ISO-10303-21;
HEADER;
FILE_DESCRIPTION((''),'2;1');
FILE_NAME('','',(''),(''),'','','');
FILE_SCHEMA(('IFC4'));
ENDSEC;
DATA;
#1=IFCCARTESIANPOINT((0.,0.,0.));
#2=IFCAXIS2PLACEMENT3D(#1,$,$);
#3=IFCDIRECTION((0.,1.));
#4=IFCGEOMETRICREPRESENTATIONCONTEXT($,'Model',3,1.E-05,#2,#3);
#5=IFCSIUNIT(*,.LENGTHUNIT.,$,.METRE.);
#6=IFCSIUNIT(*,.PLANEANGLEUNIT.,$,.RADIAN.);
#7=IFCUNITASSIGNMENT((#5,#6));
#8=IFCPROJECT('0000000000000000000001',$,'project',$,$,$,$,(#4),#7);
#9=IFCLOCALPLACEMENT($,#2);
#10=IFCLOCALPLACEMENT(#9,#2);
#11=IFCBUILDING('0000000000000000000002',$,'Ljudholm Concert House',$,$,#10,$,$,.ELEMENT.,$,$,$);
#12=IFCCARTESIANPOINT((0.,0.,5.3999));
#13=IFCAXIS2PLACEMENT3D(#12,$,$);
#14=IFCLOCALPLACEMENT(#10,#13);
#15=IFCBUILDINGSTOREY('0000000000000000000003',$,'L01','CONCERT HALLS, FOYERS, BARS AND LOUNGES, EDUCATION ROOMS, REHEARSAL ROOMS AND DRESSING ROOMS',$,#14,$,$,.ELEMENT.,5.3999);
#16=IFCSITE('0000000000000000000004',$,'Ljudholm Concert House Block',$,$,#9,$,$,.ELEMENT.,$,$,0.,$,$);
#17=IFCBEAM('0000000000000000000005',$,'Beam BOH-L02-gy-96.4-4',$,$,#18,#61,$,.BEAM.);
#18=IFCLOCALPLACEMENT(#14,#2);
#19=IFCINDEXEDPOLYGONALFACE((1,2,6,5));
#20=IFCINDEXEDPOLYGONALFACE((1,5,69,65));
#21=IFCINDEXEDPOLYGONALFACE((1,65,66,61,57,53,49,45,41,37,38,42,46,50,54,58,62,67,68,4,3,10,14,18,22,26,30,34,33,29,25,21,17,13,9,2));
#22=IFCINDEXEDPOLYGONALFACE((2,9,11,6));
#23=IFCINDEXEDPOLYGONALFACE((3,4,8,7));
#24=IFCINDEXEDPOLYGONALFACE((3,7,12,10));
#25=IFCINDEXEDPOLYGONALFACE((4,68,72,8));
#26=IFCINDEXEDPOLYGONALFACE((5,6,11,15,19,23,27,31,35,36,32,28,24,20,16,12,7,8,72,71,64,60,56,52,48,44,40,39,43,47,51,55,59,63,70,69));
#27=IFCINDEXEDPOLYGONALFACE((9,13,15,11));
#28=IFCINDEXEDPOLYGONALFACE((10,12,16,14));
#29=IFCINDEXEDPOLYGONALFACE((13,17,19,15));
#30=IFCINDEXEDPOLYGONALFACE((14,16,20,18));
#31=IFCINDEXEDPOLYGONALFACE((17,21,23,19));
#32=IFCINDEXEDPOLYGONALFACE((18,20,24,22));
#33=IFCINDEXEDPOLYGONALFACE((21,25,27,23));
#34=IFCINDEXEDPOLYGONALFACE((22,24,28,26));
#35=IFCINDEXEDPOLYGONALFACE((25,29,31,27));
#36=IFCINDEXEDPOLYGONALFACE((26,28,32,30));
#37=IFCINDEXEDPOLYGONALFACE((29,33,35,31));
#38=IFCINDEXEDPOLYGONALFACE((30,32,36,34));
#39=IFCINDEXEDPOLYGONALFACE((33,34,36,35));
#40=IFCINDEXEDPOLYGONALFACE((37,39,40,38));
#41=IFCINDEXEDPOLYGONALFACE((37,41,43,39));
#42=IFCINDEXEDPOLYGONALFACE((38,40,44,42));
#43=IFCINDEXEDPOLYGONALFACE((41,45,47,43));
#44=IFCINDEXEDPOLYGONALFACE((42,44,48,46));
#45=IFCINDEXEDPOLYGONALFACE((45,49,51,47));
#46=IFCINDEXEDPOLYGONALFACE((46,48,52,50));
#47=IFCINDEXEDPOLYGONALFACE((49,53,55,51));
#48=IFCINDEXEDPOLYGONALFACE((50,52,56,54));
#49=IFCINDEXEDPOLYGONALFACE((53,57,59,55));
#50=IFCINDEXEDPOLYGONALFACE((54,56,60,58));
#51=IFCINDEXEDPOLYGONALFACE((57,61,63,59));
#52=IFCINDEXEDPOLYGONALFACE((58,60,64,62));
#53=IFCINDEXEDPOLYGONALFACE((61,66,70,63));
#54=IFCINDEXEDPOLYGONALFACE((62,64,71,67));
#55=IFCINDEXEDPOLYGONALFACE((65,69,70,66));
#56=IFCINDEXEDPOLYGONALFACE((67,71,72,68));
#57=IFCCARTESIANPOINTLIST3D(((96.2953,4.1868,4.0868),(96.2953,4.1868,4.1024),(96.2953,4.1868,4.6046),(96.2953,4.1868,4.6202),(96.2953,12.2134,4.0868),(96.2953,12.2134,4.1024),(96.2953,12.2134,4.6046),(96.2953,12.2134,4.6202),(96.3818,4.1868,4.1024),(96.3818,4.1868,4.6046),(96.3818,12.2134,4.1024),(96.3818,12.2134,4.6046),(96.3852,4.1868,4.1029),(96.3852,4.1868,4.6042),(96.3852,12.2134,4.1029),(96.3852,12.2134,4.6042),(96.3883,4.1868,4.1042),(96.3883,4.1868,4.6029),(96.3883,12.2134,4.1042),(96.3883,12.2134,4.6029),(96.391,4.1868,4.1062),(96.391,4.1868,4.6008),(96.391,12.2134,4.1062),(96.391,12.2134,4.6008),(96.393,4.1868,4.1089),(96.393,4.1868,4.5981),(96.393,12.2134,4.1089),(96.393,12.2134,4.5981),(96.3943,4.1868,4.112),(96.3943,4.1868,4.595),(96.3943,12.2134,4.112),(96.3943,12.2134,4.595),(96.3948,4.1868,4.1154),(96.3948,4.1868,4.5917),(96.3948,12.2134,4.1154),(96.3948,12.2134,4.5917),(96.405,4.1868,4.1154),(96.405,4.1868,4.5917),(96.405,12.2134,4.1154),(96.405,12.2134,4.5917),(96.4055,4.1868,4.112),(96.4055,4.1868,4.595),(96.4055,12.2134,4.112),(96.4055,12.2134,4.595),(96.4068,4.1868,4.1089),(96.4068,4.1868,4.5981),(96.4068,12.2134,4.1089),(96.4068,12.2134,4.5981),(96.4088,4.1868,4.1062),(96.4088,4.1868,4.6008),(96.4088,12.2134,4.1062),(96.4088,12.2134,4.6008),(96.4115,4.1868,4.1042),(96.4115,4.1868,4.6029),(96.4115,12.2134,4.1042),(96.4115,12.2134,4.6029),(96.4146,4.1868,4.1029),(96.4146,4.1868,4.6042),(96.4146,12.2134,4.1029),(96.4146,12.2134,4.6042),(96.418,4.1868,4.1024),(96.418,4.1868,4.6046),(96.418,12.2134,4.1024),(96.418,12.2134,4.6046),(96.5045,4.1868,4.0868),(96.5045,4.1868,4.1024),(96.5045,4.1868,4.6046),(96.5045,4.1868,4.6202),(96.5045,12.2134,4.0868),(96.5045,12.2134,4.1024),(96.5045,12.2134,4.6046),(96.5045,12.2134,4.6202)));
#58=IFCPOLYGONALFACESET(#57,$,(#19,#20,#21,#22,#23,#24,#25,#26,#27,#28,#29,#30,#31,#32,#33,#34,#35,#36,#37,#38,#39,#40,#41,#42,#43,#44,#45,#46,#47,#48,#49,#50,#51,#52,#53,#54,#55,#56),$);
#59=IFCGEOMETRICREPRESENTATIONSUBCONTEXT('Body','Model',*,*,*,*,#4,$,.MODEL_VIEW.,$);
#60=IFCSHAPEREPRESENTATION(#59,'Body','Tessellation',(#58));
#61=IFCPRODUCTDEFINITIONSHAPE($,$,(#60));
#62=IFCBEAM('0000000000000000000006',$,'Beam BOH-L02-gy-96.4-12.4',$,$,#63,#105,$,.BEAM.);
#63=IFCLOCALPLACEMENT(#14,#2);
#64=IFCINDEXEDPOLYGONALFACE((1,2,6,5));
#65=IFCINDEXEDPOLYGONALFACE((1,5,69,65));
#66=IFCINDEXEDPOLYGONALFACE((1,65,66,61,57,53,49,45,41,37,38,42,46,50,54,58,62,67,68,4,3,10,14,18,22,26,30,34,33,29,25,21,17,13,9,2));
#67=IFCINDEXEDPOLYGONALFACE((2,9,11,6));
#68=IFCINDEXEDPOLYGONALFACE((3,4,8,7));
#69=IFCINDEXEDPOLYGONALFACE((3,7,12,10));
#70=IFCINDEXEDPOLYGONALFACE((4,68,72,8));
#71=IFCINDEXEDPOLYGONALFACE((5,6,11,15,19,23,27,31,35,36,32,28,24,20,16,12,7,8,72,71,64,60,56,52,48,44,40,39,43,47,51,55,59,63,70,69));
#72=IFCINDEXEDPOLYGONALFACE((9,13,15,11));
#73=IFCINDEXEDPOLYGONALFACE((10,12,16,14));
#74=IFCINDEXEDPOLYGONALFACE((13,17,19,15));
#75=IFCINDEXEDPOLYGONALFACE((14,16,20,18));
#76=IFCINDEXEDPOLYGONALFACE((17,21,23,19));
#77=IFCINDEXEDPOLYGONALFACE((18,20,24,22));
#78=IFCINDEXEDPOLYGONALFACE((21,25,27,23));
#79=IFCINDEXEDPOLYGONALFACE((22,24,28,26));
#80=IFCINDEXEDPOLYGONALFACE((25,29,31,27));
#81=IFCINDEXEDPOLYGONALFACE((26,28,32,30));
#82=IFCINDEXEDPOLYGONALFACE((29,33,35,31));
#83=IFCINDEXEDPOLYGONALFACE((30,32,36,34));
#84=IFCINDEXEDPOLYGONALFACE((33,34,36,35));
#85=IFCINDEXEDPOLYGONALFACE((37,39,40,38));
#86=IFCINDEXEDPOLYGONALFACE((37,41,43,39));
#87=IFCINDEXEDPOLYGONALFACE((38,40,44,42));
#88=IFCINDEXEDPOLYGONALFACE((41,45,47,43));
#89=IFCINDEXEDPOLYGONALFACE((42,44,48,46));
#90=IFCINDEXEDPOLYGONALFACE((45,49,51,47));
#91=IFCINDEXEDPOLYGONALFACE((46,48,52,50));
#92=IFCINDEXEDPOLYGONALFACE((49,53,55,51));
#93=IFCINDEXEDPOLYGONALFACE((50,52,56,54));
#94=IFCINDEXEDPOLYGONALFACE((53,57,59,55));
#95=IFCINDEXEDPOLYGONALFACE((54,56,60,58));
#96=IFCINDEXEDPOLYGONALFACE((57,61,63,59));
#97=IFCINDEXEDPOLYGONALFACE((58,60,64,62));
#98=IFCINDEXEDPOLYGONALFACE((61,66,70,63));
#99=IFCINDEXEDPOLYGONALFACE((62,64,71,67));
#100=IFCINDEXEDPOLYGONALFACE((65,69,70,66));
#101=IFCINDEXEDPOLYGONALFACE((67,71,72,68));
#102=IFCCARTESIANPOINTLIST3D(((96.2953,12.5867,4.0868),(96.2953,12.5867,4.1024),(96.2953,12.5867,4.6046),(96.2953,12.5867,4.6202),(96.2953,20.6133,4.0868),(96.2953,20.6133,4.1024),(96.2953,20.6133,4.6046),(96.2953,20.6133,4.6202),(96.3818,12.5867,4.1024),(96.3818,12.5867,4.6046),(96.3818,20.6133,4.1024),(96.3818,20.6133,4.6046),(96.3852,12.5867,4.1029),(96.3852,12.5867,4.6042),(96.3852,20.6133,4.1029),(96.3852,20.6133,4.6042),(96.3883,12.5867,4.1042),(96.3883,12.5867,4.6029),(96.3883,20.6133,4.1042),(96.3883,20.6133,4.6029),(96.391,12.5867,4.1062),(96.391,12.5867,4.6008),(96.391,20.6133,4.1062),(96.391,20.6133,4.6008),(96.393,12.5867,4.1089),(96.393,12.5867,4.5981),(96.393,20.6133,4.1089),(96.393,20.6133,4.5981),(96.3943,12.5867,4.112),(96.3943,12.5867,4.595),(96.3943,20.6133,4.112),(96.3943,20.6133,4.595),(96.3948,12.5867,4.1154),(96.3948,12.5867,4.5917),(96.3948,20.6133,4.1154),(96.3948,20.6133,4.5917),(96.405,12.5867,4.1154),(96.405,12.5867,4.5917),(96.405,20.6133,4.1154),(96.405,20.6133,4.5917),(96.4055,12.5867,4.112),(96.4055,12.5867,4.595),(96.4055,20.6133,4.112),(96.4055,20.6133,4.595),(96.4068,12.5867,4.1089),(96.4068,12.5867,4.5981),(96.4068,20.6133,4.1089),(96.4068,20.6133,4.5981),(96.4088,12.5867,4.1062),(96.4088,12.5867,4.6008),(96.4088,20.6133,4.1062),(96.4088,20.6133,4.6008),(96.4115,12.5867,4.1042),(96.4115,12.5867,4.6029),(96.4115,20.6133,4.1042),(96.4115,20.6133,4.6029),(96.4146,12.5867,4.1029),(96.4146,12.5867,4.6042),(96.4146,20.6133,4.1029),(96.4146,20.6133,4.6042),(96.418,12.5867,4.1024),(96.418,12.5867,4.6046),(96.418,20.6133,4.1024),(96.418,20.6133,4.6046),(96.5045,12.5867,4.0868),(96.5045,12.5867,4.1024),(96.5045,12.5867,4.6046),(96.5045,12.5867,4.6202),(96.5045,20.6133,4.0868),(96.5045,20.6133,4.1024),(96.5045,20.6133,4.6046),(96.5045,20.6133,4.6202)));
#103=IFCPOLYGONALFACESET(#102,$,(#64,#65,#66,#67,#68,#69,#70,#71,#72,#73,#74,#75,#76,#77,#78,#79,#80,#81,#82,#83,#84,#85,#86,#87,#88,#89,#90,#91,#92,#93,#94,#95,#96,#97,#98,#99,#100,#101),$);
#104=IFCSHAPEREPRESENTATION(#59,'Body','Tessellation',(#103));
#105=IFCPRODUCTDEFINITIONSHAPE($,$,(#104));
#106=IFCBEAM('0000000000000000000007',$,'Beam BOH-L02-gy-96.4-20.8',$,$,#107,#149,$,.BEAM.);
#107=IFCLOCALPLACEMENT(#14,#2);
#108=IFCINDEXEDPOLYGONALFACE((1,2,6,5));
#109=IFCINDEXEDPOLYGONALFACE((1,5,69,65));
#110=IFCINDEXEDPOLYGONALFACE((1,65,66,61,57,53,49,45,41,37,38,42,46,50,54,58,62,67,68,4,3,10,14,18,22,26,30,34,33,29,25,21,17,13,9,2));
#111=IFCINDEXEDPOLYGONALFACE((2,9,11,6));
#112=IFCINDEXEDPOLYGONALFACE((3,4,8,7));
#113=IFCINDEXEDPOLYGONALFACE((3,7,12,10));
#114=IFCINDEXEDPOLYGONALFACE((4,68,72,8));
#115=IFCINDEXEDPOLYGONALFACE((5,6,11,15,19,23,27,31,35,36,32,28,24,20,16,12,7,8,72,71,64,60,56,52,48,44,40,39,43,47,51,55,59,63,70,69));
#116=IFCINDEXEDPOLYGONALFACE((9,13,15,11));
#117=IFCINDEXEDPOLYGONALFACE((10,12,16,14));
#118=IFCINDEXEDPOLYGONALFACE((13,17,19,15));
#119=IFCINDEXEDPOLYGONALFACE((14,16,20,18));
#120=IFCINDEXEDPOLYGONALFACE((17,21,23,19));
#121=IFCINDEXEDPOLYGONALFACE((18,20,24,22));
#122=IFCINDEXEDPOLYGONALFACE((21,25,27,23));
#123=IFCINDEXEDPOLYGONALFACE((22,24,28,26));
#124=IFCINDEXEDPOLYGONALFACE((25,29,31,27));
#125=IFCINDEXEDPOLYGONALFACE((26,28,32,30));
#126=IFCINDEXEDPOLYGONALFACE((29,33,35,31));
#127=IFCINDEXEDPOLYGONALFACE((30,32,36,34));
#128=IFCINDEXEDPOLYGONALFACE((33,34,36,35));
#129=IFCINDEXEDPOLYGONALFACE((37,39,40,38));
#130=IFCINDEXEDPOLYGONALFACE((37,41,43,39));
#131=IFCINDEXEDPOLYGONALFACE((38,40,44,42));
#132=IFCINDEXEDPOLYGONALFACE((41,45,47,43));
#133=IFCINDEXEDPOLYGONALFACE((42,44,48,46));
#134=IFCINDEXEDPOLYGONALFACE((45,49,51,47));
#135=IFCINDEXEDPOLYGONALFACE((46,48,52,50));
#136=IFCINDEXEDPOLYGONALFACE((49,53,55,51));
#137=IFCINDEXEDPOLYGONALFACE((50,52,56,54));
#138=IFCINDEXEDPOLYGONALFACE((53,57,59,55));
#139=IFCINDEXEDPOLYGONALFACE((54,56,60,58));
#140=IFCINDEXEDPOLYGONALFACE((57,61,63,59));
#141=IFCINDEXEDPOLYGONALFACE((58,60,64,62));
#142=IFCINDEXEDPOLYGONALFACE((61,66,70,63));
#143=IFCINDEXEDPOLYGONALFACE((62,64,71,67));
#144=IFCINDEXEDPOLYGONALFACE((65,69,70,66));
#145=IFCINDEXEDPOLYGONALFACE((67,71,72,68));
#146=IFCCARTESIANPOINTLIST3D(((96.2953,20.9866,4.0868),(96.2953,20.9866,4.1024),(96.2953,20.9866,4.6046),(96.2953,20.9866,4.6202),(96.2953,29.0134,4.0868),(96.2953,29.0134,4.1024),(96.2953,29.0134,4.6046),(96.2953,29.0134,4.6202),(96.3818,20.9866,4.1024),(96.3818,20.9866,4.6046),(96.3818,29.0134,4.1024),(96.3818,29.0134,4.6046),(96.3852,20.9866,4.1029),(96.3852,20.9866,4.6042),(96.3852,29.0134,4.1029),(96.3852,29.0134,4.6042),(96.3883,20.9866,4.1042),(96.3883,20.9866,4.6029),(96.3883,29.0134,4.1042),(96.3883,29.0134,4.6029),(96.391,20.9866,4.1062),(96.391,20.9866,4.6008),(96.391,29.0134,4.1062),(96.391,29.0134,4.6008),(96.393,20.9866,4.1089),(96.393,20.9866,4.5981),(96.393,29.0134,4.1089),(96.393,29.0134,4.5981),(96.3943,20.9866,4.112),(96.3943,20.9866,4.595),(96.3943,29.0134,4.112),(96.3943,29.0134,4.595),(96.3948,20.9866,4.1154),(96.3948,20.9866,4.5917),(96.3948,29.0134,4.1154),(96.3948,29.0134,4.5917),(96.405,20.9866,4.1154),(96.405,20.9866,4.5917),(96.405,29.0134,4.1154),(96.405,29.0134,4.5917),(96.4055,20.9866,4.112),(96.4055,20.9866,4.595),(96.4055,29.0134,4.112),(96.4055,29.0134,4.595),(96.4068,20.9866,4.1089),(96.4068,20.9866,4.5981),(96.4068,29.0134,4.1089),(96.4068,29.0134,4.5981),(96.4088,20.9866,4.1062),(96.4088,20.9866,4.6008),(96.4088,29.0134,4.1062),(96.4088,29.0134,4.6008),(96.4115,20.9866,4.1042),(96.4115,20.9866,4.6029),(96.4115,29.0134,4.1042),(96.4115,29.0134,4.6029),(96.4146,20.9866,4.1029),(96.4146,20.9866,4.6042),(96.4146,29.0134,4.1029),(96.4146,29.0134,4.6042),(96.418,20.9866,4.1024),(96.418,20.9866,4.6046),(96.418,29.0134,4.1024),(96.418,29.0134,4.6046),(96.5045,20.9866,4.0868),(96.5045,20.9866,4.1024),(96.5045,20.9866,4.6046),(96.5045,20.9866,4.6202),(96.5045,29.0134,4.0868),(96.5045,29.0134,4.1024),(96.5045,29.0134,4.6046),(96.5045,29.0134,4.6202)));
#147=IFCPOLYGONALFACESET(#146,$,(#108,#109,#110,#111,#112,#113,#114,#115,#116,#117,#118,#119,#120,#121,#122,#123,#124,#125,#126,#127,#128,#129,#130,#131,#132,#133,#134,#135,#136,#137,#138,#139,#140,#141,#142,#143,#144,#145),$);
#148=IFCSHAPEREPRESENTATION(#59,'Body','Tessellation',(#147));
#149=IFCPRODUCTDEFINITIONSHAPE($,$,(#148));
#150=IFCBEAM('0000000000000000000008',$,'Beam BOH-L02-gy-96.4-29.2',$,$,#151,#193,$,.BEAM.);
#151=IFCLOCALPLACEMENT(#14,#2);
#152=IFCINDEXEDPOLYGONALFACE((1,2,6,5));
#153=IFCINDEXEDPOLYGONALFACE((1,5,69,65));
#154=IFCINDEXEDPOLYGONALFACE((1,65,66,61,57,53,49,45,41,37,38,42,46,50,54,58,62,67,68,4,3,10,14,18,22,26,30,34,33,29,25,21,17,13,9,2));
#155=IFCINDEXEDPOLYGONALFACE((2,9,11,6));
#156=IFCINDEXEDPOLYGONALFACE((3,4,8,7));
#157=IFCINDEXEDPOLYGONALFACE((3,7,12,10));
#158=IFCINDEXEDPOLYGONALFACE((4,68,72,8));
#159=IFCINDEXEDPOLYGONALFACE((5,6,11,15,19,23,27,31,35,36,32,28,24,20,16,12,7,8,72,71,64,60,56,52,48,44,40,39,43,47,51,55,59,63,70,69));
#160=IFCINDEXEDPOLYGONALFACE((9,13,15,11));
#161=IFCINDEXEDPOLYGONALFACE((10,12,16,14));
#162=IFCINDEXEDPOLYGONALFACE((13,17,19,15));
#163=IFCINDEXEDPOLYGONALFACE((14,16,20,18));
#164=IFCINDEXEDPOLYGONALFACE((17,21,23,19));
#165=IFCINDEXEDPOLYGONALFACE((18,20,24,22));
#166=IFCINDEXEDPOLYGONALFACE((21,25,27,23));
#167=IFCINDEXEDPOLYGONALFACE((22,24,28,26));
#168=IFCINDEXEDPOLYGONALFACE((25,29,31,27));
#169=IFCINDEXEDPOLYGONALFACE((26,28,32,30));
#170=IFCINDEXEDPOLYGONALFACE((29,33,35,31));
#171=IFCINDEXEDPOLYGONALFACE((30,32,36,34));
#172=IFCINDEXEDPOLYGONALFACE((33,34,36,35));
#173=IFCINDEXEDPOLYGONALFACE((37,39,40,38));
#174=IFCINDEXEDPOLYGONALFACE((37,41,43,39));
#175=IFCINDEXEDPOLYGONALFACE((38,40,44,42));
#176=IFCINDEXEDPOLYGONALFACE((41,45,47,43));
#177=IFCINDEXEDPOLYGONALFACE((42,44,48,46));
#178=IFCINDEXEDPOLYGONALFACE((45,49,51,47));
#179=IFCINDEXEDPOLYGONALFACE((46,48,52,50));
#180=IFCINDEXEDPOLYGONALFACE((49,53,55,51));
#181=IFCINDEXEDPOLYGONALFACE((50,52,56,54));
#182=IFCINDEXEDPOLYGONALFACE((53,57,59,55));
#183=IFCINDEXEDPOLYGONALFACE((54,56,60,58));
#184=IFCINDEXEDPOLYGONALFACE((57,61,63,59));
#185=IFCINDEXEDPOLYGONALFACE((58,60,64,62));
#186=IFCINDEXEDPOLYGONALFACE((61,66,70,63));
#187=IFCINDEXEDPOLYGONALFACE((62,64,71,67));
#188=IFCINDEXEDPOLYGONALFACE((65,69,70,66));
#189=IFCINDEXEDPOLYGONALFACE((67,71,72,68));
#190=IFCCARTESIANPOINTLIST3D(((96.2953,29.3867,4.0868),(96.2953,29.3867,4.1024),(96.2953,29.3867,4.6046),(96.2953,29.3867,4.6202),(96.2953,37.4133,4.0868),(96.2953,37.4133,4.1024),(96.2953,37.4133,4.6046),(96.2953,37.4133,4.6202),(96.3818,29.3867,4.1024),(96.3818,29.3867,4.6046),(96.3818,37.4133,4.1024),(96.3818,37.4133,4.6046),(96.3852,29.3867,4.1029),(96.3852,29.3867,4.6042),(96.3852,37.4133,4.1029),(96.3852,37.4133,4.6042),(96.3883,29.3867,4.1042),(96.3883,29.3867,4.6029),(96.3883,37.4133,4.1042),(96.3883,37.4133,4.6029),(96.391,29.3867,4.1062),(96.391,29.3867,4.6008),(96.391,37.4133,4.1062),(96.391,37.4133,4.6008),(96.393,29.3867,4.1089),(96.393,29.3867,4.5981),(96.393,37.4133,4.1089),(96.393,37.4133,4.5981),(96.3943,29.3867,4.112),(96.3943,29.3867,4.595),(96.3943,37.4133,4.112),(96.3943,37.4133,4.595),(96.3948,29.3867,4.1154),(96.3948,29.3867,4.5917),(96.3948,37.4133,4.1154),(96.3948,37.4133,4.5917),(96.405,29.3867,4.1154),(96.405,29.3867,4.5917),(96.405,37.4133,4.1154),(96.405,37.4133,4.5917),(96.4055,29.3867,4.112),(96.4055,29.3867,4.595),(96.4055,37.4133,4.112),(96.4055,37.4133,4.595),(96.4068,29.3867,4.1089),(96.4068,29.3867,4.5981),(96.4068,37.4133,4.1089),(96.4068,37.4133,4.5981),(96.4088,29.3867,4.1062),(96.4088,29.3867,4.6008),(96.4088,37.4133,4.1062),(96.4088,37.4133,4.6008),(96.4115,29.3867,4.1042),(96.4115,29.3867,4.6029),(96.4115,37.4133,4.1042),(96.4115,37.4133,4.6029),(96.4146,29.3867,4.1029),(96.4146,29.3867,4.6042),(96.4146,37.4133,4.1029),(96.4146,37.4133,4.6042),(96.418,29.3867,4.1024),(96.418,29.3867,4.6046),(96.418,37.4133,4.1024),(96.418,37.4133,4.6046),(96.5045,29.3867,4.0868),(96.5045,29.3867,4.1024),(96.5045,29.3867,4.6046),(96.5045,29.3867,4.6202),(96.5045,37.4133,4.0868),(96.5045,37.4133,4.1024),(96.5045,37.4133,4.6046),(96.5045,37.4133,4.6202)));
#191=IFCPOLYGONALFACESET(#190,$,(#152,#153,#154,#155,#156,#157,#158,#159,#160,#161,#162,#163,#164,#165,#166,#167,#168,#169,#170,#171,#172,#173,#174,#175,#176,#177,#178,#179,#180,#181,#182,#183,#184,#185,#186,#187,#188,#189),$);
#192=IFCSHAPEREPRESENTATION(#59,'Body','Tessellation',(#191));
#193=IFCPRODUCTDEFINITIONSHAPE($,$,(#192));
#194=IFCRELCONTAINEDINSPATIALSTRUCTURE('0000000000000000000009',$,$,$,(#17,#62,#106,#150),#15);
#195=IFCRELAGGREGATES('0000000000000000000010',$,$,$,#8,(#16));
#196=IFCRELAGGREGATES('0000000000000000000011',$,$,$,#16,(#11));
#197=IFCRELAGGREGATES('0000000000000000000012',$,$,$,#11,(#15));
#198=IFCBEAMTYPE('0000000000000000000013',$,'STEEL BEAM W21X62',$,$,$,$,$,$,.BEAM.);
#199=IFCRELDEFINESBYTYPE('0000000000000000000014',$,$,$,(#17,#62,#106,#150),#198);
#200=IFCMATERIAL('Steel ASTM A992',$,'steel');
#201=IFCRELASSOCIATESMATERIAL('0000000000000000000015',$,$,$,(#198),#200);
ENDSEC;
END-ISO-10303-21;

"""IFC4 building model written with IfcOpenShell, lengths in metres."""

from ifc_helpers import new_model, si_unit, direction, frame, origin, origin_2d, place, context, subcontext, project, spatial, i_section, extrude, material, material_profile, profile_set, type_object, element, save


model = new_model("IFC4")

# Units and contexts
model_context = context("Model", 3, precision=1e-05, world=origin(), true_north=direction((0.0, 1.0)))
body_context = subcontext(model_context, "Body", "Model", "MODEL_VIEW")
ifc_project = project(units=[si_unit("LENGTHUNIT", "METRE"), si_unit("PLANEANGLEUNIT", "RADIAN")], contexts=[model_context])

# Site, building, storey
site_placement = place(None, origin())
site = spatial("IfcSite", under=ifc_project, at=site_placement, Name="Ljudholm Concert House Block", CompositionType="ELEMENT", RefElevation=0.0)
building_placement = place(site_placement, origin())
building = spatial("IfcBuilding", under=site, at=building_placement, Name="Ljudholm Concert House", CompositionType="ELEMENT")
storey_placement = place(building_placement, frame((0.0, 0.0, 5.3999)))
storey = spatial("IfcBuildingStorey", under=building, at=storey_placement, Name="L01", Description="CONCERT HALLS, FOYERS, BARS AND LOUNGES, EDUCATION ROOMS, REHEARSAL ROOMS AND DRESSING ROOMS", CompositionType="ELEMENT", Elevation=5.3999)

# Beams
ifc_material_1 = material(Name="Steel ASTM A992", Category="steel")
ifc_material_profile_1 = material_profile(ifc_material_1, i_section(OverallWidth=0.2092, OverallDepth=0.5334, WebThickness=0.0103, FlangeThickness=0.0156, FilletRadius=0.0129, at=origin_2d()), Name="W21X62")
ifc_profile_set_1 = profile_set([ifc_material_profile_1], Name="Steel ASTM A992")
beam_type = type_object("IfcBeamType", Name="STEEL BEAM W21X62", PredefinedType="BEAM", material=ifc_profile_set_1)
for number, where, z_axis, x_axis, name in (
    (1, (96.3999, 4.1868, 4.3535), (0.0, 1.0, 0.0), (-1.0, 0.0, 0.0), "Beam BOH-L02-gy-96.4-4"),
    (2, (96.3999, 12.5867, 4.3535), (0.0, 1.0, 0.0), (-1.0, 0.0, 0.0), "Beam BOH-L02-gy-96.4-12.4"),
):
    element("IfcBeam", number, at=place(storey_placement, frame(where, z_axis=z_axis, x_axis=x_axis)), inside=storey, type_object=beam_type, Name=name, PredefinedType="BEAM", context=body_context, shape_type="SweptSolid", body=[
        extrude(i_section(OverallWidth=0.2092, OverallDepth=0.5334, WebThickness=0.0103, FlangeThickness=0.0156, FilletRadius=0.0129, at=origin_2d()), origin(), (0.0, 0.0, 1.0), 8.0266),
    ])
beam_1_placement = place(storey_placement, frame((96.3999, 20.9866, 4.3535), z_axis=(0.0, 1.0, 0.0), x_axis=(-1.0, 0.0, 0.0)))
element("IfcBeam", 3, at=beam_1_placement, inside=storey, type_object=beam_type, Name="Beam BOH-L02-gy-96.4-20.8", PredefinedType="BEAM", context=body_context, shape_type="SweptSolid", body=[
    extrude(i_section(OverallWidth=0.2092, OverallDepth=0.5334, WebThickness=0.0103, FlangeThickness=0.0156, FilletRadius=0.0129, at=origin_2d()), origin(), (0.0, 0.0, 1.0), 8.0269),
])
beam_2_placement = place(storey_placement, frame((96.3999, 29.3867, 4.3535), z_axis=(0.0, 1.0, 0.0), x_axis=(-1.0, 0.0, 0.0)))
element("IfcBeam", 4, at=beam_2_placement, inside=storey, type_object=beam_type, Name="Beam BOH-L02-gy-96.4-29.2", PredefinedType="BEAM", context=body_context, shape_type="SweptSolid", body=[
    extrude(i_section(OverallWidth=0.2092, OverallDepth=0.5334, WebThickness=0.0103, FlangeThickness=0.0156, FilletRadius=0.0129, at=origin_2d()), origin(), (0.0, 0.0, 1.0), 8.0266),
])

save(model, "model.ifc")
